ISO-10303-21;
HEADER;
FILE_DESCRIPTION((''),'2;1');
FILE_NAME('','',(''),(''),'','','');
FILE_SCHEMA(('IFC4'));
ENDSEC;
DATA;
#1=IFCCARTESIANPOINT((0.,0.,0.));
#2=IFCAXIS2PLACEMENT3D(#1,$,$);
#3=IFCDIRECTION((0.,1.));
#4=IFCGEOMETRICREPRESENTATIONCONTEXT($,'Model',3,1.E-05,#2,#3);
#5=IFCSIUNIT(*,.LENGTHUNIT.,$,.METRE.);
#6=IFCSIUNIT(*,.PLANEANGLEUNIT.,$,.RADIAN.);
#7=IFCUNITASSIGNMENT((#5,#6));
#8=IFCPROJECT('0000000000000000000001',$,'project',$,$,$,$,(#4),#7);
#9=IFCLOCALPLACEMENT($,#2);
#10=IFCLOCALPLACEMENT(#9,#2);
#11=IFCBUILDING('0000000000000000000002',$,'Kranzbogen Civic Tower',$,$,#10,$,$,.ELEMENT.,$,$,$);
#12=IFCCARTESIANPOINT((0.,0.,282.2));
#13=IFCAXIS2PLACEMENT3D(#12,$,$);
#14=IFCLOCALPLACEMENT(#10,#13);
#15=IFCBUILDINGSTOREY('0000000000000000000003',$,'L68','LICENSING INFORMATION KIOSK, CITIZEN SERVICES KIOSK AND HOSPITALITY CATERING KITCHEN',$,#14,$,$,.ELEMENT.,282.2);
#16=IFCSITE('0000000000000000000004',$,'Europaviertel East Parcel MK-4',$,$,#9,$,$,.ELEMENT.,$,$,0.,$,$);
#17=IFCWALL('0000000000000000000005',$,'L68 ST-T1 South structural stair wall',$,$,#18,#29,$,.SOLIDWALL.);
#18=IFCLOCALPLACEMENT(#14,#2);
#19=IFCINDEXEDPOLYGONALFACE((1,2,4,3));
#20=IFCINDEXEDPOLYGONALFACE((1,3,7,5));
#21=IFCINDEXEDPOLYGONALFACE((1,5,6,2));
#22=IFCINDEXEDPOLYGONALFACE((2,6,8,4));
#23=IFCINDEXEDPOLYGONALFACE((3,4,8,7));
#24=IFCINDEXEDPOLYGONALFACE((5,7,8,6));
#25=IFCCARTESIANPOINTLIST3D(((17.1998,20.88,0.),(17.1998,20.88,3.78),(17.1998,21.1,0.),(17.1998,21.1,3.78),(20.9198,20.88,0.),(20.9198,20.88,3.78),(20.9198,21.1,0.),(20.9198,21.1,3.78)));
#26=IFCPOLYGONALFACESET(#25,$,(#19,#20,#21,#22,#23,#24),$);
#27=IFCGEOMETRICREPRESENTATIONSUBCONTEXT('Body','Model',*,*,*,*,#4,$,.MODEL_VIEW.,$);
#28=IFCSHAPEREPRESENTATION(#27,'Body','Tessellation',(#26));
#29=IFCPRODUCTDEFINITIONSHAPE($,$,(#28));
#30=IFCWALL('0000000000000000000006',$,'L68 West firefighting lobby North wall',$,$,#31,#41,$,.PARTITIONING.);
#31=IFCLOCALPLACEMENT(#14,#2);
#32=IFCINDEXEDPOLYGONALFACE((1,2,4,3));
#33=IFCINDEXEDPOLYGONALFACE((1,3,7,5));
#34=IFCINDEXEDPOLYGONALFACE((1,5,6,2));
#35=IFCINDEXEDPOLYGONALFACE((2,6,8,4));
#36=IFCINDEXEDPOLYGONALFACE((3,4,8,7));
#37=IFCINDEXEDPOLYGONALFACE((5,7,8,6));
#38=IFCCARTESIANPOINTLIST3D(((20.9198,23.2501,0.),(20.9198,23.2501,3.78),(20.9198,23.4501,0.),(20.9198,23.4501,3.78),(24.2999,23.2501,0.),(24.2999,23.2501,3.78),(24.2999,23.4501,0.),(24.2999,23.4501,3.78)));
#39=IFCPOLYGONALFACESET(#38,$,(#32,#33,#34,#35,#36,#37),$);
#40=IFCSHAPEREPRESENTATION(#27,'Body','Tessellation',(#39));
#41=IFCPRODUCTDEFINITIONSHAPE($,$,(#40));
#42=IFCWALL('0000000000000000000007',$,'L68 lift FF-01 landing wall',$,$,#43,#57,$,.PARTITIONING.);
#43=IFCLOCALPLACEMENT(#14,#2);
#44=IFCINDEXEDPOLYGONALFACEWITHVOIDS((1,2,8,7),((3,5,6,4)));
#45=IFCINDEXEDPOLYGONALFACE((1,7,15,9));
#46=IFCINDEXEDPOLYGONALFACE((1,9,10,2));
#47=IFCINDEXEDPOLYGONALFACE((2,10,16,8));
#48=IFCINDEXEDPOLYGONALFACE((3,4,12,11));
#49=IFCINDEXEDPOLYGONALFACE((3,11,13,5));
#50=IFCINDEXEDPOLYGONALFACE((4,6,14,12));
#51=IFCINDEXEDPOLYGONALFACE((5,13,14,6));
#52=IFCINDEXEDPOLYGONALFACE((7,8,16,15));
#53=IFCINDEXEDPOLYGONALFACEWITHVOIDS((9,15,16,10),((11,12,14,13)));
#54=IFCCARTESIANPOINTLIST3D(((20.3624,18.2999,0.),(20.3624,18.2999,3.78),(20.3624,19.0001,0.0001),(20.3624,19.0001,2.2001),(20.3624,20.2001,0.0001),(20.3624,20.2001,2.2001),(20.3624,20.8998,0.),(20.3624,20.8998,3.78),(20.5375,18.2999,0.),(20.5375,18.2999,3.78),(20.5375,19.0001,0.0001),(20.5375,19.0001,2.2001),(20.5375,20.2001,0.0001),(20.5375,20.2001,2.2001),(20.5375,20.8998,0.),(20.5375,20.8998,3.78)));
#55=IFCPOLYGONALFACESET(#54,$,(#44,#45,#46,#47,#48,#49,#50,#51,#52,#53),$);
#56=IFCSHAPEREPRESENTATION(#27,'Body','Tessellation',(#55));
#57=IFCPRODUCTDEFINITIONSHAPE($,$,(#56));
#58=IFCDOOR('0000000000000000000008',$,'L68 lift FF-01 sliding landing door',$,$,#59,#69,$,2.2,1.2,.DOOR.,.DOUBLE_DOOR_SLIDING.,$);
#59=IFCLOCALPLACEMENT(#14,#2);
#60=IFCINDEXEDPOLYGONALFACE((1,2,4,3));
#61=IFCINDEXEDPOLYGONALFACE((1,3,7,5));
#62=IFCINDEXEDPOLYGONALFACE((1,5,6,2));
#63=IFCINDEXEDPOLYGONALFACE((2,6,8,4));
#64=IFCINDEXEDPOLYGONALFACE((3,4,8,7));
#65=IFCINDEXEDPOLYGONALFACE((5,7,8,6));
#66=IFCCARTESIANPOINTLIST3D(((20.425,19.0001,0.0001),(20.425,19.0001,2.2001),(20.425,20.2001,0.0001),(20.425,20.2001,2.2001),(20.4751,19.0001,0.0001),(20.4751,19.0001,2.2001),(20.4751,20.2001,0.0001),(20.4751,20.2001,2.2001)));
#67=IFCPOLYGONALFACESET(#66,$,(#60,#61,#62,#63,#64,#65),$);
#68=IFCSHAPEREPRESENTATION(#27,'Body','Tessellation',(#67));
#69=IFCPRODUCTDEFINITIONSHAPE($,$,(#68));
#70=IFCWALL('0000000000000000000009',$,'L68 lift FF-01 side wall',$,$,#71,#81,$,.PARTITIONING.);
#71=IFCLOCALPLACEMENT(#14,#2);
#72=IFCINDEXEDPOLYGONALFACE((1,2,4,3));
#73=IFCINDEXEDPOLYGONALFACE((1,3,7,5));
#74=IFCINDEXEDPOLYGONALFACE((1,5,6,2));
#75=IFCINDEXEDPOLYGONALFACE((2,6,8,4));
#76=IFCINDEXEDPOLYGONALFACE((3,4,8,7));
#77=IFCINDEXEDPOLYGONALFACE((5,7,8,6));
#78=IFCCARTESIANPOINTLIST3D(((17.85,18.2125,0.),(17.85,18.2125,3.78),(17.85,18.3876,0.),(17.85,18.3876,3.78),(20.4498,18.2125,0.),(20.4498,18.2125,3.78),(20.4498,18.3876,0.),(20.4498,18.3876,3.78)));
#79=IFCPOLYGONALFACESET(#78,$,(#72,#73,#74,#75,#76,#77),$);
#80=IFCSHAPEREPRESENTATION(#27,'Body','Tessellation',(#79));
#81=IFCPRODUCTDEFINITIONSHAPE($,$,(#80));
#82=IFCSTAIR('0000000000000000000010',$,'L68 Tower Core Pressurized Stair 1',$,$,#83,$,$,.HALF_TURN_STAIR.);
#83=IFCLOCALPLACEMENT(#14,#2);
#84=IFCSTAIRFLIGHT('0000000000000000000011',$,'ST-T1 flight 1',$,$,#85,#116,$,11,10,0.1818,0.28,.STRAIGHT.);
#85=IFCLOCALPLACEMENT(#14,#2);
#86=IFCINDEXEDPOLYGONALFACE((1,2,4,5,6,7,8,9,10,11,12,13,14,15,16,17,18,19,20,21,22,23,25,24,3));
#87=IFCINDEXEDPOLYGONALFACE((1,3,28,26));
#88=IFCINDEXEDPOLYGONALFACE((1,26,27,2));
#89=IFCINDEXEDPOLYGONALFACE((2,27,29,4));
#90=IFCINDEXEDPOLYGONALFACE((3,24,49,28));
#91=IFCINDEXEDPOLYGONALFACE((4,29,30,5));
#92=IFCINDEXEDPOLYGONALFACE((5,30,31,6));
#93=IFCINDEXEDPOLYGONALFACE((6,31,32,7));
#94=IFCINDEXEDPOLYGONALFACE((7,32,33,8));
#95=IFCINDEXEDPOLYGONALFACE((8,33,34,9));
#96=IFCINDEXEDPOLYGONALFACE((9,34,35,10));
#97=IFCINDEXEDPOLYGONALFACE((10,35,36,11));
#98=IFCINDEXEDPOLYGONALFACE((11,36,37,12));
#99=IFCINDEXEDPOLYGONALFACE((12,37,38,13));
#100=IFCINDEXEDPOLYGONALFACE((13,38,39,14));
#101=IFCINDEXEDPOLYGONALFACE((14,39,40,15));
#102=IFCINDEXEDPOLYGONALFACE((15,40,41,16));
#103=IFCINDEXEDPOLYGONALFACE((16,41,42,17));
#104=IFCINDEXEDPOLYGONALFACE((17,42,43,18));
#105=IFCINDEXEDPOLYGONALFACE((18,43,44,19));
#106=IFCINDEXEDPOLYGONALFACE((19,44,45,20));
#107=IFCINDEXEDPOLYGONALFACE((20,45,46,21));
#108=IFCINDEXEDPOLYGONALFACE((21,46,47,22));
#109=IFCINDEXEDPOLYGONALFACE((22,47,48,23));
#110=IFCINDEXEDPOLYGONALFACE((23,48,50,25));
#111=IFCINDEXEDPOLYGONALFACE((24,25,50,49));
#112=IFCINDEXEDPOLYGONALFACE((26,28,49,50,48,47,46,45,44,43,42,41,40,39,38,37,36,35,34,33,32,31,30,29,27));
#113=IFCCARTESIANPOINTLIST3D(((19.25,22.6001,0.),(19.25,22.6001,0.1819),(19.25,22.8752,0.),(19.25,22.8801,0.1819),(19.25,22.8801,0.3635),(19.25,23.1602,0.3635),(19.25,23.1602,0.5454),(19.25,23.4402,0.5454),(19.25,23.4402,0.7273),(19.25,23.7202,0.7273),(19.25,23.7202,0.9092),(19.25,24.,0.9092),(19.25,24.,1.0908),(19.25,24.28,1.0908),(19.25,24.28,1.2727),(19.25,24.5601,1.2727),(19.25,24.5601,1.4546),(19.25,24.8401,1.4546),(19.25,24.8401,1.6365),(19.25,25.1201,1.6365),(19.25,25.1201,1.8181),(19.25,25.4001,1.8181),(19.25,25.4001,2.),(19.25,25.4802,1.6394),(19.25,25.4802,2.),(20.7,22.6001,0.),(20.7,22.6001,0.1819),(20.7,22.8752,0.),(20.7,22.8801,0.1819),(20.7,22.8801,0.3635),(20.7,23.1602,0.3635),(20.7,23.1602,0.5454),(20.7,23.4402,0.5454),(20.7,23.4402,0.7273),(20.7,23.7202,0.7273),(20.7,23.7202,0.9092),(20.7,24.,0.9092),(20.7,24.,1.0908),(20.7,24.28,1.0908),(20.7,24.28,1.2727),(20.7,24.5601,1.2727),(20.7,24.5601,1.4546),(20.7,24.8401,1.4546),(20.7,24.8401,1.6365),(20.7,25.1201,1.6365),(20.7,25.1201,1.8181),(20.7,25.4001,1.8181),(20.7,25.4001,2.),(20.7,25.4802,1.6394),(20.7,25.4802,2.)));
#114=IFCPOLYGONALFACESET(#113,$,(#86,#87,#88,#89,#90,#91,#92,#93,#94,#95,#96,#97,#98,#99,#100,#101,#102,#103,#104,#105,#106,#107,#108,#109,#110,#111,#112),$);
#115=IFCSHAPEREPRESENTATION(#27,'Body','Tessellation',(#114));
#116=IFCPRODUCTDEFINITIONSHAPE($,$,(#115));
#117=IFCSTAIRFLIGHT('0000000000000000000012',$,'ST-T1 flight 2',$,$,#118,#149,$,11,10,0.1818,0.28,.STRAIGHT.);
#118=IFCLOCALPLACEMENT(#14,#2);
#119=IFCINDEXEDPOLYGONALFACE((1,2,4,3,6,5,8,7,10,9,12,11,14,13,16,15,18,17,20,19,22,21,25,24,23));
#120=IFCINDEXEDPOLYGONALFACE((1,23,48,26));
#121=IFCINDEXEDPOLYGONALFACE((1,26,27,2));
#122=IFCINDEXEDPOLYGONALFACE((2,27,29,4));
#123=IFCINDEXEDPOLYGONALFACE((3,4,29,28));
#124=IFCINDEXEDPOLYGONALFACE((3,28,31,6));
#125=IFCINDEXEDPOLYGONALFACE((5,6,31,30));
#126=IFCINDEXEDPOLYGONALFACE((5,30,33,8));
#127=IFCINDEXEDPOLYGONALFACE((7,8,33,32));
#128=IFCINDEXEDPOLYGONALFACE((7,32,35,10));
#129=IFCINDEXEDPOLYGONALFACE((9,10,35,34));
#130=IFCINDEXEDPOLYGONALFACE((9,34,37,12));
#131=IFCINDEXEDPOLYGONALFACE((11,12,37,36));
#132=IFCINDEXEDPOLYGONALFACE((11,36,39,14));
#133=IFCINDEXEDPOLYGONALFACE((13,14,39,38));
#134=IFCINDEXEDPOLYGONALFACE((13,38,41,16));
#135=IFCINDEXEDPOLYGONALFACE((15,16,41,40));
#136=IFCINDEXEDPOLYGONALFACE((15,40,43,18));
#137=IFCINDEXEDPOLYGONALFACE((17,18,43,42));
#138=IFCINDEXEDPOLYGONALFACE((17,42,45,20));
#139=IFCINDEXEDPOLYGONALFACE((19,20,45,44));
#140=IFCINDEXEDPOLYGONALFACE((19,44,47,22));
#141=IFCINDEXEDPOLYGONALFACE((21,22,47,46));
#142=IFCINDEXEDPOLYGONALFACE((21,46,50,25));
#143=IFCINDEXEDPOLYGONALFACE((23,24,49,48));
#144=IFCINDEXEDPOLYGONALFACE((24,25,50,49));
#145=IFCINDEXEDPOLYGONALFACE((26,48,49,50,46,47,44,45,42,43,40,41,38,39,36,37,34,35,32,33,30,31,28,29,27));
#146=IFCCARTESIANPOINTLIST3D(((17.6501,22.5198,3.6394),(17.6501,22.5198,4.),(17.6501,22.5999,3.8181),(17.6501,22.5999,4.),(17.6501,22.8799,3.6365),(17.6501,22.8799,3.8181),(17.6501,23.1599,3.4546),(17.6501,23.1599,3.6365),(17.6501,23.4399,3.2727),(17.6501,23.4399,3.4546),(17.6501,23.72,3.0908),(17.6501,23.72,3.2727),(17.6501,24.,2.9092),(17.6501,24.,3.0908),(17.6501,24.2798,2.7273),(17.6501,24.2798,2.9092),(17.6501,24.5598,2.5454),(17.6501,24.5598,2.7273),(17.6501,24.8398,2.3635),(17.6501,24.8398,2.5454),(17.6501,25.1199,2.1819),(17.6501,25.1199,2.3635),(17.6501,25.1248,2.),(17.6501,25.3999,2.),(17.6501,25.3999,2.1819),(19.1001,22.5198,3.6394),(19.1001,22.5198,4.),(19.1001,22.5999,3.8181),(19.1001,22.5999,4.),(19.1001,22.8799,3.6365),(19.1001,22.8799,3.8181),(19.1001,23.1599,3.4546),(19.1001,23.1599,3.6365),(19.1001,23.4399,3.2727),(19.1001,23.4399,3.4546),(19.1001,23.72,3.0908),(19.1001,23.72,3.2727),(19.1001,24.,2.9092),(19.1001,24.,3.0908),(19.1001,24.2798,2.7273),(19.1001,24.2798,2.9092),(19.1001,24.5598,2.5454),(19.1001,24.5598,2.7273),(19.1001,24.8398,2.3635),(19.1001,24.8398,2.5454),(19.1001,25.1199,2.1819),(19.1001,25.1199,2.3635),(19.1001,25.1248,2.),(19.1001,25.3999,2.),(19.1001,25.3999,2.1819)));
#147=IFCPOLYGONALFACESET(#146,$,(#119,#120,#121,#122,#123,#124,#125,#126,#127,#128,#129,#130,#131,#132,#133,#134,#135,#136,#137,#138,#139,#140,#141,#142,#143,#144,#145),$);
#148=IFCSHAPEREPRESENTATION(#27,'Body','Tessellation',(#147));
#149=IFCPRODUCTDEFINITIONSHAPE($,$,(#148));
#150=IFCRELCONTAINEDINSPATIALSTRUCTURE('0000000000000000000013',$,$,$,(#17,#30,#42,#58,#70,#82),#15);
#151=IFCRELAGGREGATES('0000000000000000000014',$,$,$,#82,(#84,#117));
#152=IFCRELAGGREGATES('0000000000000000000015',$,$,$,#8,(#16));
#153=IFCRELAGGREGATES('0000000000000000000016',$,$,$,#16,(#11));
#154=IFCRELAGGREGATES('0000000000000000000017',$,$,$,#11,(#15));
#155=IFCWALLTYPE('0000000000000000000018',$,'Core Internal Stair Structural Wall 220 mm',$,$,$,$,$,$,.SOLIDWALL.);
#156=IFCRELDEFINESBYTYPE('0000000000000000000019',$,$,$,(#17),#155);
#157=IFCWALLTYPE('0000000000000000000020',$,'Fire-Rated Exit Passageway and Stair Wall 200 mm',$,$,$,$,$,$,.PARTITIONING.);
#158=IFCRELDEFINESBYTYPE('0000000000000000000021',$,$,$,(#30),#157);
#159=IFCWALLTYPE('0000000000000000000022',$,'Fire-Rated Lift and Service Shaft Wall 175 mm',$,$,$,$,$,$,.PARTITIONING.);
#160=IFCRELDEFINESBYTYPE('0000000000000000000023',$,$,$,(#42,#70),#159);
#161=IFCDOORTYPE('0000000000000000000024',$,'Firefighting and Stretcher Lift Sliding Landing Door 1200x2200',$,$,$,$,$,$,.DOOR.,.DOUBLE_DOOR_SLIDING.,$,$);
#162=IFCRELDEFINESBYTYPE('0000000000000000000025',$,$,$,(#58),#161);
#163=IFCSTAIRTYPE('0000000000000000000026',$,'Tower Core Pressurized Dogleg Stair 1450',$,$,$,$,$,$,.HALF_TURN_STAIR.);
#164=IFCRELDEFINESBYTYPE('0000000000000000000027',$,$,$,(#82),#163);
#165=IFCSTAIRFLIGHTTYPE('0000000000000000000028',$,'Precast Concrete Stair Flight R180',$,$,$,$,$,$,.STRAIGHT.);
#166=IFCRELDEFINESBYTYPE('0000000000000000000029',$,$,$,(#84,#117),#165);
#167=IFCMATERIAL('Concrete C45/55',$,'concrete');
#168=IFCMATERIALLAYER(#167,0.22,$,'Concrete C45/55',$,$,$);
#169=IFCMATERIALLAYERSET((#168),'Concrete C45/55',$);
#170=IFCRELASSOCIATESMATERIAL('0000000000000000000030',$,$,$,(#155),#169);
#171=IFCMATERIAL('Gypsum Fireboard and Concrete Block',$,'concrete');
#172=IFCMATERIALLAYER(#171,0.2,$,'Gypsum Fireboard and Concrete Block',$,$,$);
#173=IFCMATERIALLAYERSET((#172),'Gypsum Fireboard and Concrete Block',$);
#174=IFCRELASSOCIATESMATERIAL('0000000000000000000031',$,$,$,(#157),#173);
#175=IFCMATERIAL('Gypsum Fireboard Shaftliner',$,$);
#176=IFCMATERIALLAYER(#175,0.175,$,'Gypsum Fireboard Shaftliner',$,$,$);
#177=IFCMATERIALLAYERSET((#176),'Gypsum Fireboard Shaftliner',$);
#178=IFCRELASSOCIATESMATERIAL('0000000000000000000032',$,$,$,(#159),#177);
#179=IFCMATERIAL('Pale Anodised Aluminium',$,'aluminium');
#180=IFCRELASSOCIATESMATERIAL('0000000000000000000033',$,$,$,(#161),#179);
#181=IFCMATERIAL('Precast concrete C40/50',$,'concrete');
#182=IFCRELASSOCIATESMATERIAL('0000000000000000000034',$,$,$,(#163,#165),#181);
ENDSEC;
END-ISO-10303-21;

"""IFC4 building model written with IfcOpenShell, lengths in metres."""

from ifc_helpers import new_model, si_unit, direction, frame, frame_2d, origin, place, context, subcontext, project, spatial, polyline, rectangle, outline, extrude, material, layer, layer_set, type_object, element, fill, aggregate, save


model = new_model("IFC4")

# Units and contexts
model_context = context("Model", 3, precision=1e-05, world=origin(), true_north=direction((0.0, 1.0)))
body_context = subcontext(model_context, "Body", "Model", "MODEL_VIEW")
ifc_project = project(units=[si_unit("LENGTHUNIT", "METRE"), si_unit("PLANEANGLEUNIT", "RADIAN")], contexts=[model_context])

# Site, building, storey
site_placement = place(None, origin())
site = spatial("IfcSite", under=ifc_project, at=site_placement, Name="Europaviertel East Parcel MK-4", CompositionType="ELEMENT", RefElevation=0.0)
building_placement = place(site_placement, origin())
building = spatial("IfcBuilding", under=site, at=building_placement, Name="Kranzbogen Civic Tower", CompositionType="ELEMENT")
storey_placement = place(building_placement, frame((0.0, 0.0, 282.2)))
storey = spatial("IfcBuildingStorey", under=building, at=storey_placement, Name="L68", Description="LICENSING INFORMATION KIOSK, CITIZEN SERVICES KIOSK AND HOSPITALITY CATERING KITCHEN", CompositionType="ELEMENT", Elevation=282.2)

# Shared definitions
ifc_material_1 = material(Name="Concrete C45/55", Category="concrete")

# Shared definitions
ifc_layer_1 = layer(ifc_material_1, 0.22, Name="Concrete C45/55")
ifc_layer_set_1 = layer_set([ifc_layer_1], Name="Concrete C45/55")
wall_type_1 = type_object("IfcWallType", Name="Core Internal Stair Structural Wall 220 mm", PredefinedType="SOLIDWALL", material=ifc_layer_set_1)

# Walls
wall_1_placement = place(storey_placement, frame((17.2, 20.99, 0.0), z_axis=(0.0, 0.0, 1.0), x_axis=(1.0, 0.0, 0.0)))
element("IfcWall", 1, at=wall_1_placement, inside=storey, type_object=wall_type_1, Name="L68 ST-T1 South structural stair wall", PredefinedType="SOLIDWALL", context=body_context, shape_type="SweptSolid", body=[
    extrude(rectangle(XDim=3.72, YDim=0.22, at=frame_2d((1.8599, 0.0))), origin(), (0.0, 0.0, 1.0), 3.78),
])
ifc_material_2 = material(Name="Gypsum Fireboard and Concrete Block", Category="concrete")
ifc_layer_2 = layer(ifc_material_2, 0.2, Name="Gypsum Fireboard and Concrete Block")
ifc_layer_set_2 = layer_set([ifc_layer_2], Name="Gypsum Fireboard and Concrete Block")
wall_type_2 = type_object("IfcWallType", Name="Fire-Rated Exit Passageway and Stair Wall 200 mm", PredefinedType="PARTITIONING", material=ifc_layer_set_2)
wall_2_placement = place(storey_placement, frame((20.9199, 23.3501, 0.0), z_axis=(0.0, 0.0, 1.0), x_axis=(1.0, 0.0, 0.0)))
element("IfcWall", 2, at=wall_2_placement, inside=storey, type_object=wall_type_2, Name="L68 West firefighting lobby North wall", PredefinedType="PARTITIONING", context=body_context, shape_type="SweptSolid", body=[
    extrude(rectangle(XDim=3.3801, YDim=0.2, at=frame_2d((1.6899, 0.0))), origin(), (0.0, 0.0, 1.0), 3.78),
])

# Wall, opening, door
ifc_material_3 = material(Name="Gypsum Fireboard Shaftliner")
ifc_layer_3 = layer(ifc_material_3, 0.175, Name="Gypsum Fireboard Shaftliner")
ifc_layer_set_3 = layer_set([ifc_layer_3], Name="Gypsum Fireboard Shaftliner")
wall_type_3 = type_object("IfcWallType", Name="Fire-Rated Lift and Service Shaft Wall 175 mm", PredefinedType="PARTITIONING", material=ifc_layer_set_3)
wall_3_placement = place(storey_placement, frame((20.45, 18.3, 0.0), z_axis=(0.0, 0.0, 1.0), x_axis=(0.0, 1.0, 0.0)))
wall_3 = element("IfcWall", 3, at=wall_3_placement, inside=storey, type_object=wall_type_3, Name="L68 lift FF-01 landing wall", PredefinedType="PARTITIONING", context=body_context, shape_type="SweptSolid", body=[
    extrude(rectangle(XDim=2.5999, YDim=0.175, at=frame_2d((1.2998, 0.0))), origin(), (0.0, 0.0, 1.0), 3.78),
])
opening_1_placement = place(wall_3_placement, frame((0.7, 0.0, 0.0)))
opening_1 = element("IfcOpeningElement", 4, at=opening_1_placement, cuts=wall_3, PredefinedType="OPENING", context=body_context, shape_type="SweptSolid", body=[
    extrude(rectangle(XDim=1.2, YDim=2.2, at=frame_2d((0.6001, 1.1001))), frame((0.0, 0.0977, 0.0), z_axis=(0.0, -1.0, 0.0), x_axis=(1.0, 0.0, 0.0)), (0.0, 0.0, 1.0), 0.1951),
])
ifc_material_4 = material(Name="Pale Anodised Aluminium", Category="aluminium")
door_type_1 = type_object("IfcDoorType", Name="Firefighting and Stretcher Lift Sliding Landing Door 1200x2200", OperationType="DOUBLE_DOOR_SLIDING", PredefinedType="DOOR", material=ifc_material_4)
door_1_placement = place(opening_1_placement, origin())
door_1 = element("IfcDoor", 5, at=door_1_placement, inside=storey, type_object=door_type_1, Name="L68 lift FF-01 sliding landing door", OperationType="DOUBLE_DOOR_SLIDING", OverallHeight=2.2, OverallWidth=1.2, PredefinedType="DOOR", context=body_context, shape_type="SweptSolid", body=[
    extrude(rectangle(XDim=1.2, YDim=2.2, at=frame_2d((0.6001, 1.1001))), frame((0.0, 0.0249, 0.0), z_axis=(0.0, -1.0, 0.0), x_axis=(1.0, 0.0, 0.0)), (0.0, 0.0, 1.0), 0.05),
])
fill(opening_1, door_1)

# Wall
wall_4_placement = place(storey_placement, frame((17.8501, 18.3, 0.0), z_axis=(0.0, 0.0, 1.0), x_axis=(1.0, 0.0, 0.0)))
element("IfcWall", 6, at=wall_4_placement, inside=storey, type_object=wall_type_3, Name="L68 lift FF-01 side wall", PredefinedType="PARTITIONING", context=body_context, shape_type="SweptSolid", body=[
    extrude(rectangle(XDim=2.5999, YDim=0.175, at=frame_2d((1.2998, 0.0))), origin(), (0.0, 0.0, 1.0), 3.78),
])

# Stair, stair flights
ifc_material_5 = material(Name="Precast concrete C40/50", Category="concrete")
stair_type = type_object("IfcStairType", Name="Tower Core Pressurized Dogleg Stair 1450", PredefinedType="HALF_TURN_STAIR", material=ifc_material_5)
stair_placement = place(storey_placement, origin())
stair = element("IfcStair", 7, at=stair_placement, inside=storey, type_object=stair_type, Name="L68 Tower Core Pressurized Stair 1", PredefinedType="HALF_TURN_STAIR")
stair_flight_type = type_object("IfcStairFlightType", Name="Precast Concrete Stair Flight R180", PredefinedType="STRAIGHT", material=ifc_material_5)
stair_flight_1_placement = place(storey_placement, frame((19.9751, 22.6001, 0.0), z_axis=(0.0, 0.0, 1.0), x_axis=(0.0, 1.0, 0.0)))
stair_flight_1 = element("IfcStairFlight", 8, at=stair_flight_1_placement, type_object=stair_flight_type, Name="ST-T1 flight 1", NumberOfRisers=11, NumberOfTreads=10, PredefinedType="STRAIGHT", RiserHeight=0.1818, TreadLength=0.28, context=body_context, shape_type="SweptSolid", body=[
    extrude(outline(polyline([(0.0, 0.0), (0.0, 0.1819), (0.28, 0.1819), (0.28, 0.3635), (0.5601, 0.3635), (0.5601, 0.5454), (0.8401, 0.5454), (0.8401, 0.7273), (1.1201, 0.7273), (1.1201, 0.9092), (1.3999, 0.9092), (1.3999, 1.0908), (1.6799, 1.0908), (1.6799, 1.2727), (1.96, 1.2727), (1.96, 1.4546), (2.24, 1.4546), (2.24, 1.6365), (2.52, 1.6365), (2.52, 1.8181), (2.8, 1.8181), (2.8, 2.0), (2.8801, 2.0), (2.8801, 1.6394), (0.2751, 0.0), (0.0, 0.0)])), frame((0.0, 0.7251, 0.0), z_axis=(0.0, -1.0, 0.0), x_axis=(1.0, 0.0, 0.0)), (0.0, 0.0, 1.0), 1.45),
])
stair_flight_2_placement = place(storey_placement, frame((18.375, 25.3999, 2.0), z_axis=(0.0, 0.0, 1.0), x_axis=(0.0, -1.0, 0.0)))
stair_flight_2 = element("IfcStairFlight", 9, at=stair_flight_2_placement, type_object=stair_flight_type, Name="ST-T1 flight 2", NumberOfRisers=11, NumberOfTreads=10, PredefinedType="STRAIGHT", RiserHeight=0.1818, TreadLength=0.28, context=body_context, shape_type="SweptSolid", body=[
    extrude(outline(polyline([(0.0, 0.0), (0.0, 0.1819), (0.28, 0.1819), (0.28, 0.3635), (0.5601, 0.3635), (0.5601, 0.5454), (0.8401, 0.5454), (0.8401, 0.7273), (1.1201, 0.7273), (1.1201, 0.9092), (1.3999, 0.9092), (1.3999, 1.0908), (1.6799, 1.0908), (1.6799, 1.2727), (1.96, 1.2727), (1.96, 1.4546), (2.24, 1.4546), (2.24, 1.6365), (2.52, 1.6365), (2.52, 1.8181), (2.8, 1.8181), (2.8, 2.0), (2.8801, 2.0), (2.8801, 1.6394), (0.2751, 0.0), (0.0, 0.0)])), frame((0.0, 0.7251, 0.0), z_axis=(0.0, -1.0, 0.0), x_axis=(1.0, 0.0, 0.0)), (0.0, 0.0, 1.0), 1.45),
])
aggregate(stair, [stair_flight_1, stair_flight_2])

save(model, "model.ifc")
